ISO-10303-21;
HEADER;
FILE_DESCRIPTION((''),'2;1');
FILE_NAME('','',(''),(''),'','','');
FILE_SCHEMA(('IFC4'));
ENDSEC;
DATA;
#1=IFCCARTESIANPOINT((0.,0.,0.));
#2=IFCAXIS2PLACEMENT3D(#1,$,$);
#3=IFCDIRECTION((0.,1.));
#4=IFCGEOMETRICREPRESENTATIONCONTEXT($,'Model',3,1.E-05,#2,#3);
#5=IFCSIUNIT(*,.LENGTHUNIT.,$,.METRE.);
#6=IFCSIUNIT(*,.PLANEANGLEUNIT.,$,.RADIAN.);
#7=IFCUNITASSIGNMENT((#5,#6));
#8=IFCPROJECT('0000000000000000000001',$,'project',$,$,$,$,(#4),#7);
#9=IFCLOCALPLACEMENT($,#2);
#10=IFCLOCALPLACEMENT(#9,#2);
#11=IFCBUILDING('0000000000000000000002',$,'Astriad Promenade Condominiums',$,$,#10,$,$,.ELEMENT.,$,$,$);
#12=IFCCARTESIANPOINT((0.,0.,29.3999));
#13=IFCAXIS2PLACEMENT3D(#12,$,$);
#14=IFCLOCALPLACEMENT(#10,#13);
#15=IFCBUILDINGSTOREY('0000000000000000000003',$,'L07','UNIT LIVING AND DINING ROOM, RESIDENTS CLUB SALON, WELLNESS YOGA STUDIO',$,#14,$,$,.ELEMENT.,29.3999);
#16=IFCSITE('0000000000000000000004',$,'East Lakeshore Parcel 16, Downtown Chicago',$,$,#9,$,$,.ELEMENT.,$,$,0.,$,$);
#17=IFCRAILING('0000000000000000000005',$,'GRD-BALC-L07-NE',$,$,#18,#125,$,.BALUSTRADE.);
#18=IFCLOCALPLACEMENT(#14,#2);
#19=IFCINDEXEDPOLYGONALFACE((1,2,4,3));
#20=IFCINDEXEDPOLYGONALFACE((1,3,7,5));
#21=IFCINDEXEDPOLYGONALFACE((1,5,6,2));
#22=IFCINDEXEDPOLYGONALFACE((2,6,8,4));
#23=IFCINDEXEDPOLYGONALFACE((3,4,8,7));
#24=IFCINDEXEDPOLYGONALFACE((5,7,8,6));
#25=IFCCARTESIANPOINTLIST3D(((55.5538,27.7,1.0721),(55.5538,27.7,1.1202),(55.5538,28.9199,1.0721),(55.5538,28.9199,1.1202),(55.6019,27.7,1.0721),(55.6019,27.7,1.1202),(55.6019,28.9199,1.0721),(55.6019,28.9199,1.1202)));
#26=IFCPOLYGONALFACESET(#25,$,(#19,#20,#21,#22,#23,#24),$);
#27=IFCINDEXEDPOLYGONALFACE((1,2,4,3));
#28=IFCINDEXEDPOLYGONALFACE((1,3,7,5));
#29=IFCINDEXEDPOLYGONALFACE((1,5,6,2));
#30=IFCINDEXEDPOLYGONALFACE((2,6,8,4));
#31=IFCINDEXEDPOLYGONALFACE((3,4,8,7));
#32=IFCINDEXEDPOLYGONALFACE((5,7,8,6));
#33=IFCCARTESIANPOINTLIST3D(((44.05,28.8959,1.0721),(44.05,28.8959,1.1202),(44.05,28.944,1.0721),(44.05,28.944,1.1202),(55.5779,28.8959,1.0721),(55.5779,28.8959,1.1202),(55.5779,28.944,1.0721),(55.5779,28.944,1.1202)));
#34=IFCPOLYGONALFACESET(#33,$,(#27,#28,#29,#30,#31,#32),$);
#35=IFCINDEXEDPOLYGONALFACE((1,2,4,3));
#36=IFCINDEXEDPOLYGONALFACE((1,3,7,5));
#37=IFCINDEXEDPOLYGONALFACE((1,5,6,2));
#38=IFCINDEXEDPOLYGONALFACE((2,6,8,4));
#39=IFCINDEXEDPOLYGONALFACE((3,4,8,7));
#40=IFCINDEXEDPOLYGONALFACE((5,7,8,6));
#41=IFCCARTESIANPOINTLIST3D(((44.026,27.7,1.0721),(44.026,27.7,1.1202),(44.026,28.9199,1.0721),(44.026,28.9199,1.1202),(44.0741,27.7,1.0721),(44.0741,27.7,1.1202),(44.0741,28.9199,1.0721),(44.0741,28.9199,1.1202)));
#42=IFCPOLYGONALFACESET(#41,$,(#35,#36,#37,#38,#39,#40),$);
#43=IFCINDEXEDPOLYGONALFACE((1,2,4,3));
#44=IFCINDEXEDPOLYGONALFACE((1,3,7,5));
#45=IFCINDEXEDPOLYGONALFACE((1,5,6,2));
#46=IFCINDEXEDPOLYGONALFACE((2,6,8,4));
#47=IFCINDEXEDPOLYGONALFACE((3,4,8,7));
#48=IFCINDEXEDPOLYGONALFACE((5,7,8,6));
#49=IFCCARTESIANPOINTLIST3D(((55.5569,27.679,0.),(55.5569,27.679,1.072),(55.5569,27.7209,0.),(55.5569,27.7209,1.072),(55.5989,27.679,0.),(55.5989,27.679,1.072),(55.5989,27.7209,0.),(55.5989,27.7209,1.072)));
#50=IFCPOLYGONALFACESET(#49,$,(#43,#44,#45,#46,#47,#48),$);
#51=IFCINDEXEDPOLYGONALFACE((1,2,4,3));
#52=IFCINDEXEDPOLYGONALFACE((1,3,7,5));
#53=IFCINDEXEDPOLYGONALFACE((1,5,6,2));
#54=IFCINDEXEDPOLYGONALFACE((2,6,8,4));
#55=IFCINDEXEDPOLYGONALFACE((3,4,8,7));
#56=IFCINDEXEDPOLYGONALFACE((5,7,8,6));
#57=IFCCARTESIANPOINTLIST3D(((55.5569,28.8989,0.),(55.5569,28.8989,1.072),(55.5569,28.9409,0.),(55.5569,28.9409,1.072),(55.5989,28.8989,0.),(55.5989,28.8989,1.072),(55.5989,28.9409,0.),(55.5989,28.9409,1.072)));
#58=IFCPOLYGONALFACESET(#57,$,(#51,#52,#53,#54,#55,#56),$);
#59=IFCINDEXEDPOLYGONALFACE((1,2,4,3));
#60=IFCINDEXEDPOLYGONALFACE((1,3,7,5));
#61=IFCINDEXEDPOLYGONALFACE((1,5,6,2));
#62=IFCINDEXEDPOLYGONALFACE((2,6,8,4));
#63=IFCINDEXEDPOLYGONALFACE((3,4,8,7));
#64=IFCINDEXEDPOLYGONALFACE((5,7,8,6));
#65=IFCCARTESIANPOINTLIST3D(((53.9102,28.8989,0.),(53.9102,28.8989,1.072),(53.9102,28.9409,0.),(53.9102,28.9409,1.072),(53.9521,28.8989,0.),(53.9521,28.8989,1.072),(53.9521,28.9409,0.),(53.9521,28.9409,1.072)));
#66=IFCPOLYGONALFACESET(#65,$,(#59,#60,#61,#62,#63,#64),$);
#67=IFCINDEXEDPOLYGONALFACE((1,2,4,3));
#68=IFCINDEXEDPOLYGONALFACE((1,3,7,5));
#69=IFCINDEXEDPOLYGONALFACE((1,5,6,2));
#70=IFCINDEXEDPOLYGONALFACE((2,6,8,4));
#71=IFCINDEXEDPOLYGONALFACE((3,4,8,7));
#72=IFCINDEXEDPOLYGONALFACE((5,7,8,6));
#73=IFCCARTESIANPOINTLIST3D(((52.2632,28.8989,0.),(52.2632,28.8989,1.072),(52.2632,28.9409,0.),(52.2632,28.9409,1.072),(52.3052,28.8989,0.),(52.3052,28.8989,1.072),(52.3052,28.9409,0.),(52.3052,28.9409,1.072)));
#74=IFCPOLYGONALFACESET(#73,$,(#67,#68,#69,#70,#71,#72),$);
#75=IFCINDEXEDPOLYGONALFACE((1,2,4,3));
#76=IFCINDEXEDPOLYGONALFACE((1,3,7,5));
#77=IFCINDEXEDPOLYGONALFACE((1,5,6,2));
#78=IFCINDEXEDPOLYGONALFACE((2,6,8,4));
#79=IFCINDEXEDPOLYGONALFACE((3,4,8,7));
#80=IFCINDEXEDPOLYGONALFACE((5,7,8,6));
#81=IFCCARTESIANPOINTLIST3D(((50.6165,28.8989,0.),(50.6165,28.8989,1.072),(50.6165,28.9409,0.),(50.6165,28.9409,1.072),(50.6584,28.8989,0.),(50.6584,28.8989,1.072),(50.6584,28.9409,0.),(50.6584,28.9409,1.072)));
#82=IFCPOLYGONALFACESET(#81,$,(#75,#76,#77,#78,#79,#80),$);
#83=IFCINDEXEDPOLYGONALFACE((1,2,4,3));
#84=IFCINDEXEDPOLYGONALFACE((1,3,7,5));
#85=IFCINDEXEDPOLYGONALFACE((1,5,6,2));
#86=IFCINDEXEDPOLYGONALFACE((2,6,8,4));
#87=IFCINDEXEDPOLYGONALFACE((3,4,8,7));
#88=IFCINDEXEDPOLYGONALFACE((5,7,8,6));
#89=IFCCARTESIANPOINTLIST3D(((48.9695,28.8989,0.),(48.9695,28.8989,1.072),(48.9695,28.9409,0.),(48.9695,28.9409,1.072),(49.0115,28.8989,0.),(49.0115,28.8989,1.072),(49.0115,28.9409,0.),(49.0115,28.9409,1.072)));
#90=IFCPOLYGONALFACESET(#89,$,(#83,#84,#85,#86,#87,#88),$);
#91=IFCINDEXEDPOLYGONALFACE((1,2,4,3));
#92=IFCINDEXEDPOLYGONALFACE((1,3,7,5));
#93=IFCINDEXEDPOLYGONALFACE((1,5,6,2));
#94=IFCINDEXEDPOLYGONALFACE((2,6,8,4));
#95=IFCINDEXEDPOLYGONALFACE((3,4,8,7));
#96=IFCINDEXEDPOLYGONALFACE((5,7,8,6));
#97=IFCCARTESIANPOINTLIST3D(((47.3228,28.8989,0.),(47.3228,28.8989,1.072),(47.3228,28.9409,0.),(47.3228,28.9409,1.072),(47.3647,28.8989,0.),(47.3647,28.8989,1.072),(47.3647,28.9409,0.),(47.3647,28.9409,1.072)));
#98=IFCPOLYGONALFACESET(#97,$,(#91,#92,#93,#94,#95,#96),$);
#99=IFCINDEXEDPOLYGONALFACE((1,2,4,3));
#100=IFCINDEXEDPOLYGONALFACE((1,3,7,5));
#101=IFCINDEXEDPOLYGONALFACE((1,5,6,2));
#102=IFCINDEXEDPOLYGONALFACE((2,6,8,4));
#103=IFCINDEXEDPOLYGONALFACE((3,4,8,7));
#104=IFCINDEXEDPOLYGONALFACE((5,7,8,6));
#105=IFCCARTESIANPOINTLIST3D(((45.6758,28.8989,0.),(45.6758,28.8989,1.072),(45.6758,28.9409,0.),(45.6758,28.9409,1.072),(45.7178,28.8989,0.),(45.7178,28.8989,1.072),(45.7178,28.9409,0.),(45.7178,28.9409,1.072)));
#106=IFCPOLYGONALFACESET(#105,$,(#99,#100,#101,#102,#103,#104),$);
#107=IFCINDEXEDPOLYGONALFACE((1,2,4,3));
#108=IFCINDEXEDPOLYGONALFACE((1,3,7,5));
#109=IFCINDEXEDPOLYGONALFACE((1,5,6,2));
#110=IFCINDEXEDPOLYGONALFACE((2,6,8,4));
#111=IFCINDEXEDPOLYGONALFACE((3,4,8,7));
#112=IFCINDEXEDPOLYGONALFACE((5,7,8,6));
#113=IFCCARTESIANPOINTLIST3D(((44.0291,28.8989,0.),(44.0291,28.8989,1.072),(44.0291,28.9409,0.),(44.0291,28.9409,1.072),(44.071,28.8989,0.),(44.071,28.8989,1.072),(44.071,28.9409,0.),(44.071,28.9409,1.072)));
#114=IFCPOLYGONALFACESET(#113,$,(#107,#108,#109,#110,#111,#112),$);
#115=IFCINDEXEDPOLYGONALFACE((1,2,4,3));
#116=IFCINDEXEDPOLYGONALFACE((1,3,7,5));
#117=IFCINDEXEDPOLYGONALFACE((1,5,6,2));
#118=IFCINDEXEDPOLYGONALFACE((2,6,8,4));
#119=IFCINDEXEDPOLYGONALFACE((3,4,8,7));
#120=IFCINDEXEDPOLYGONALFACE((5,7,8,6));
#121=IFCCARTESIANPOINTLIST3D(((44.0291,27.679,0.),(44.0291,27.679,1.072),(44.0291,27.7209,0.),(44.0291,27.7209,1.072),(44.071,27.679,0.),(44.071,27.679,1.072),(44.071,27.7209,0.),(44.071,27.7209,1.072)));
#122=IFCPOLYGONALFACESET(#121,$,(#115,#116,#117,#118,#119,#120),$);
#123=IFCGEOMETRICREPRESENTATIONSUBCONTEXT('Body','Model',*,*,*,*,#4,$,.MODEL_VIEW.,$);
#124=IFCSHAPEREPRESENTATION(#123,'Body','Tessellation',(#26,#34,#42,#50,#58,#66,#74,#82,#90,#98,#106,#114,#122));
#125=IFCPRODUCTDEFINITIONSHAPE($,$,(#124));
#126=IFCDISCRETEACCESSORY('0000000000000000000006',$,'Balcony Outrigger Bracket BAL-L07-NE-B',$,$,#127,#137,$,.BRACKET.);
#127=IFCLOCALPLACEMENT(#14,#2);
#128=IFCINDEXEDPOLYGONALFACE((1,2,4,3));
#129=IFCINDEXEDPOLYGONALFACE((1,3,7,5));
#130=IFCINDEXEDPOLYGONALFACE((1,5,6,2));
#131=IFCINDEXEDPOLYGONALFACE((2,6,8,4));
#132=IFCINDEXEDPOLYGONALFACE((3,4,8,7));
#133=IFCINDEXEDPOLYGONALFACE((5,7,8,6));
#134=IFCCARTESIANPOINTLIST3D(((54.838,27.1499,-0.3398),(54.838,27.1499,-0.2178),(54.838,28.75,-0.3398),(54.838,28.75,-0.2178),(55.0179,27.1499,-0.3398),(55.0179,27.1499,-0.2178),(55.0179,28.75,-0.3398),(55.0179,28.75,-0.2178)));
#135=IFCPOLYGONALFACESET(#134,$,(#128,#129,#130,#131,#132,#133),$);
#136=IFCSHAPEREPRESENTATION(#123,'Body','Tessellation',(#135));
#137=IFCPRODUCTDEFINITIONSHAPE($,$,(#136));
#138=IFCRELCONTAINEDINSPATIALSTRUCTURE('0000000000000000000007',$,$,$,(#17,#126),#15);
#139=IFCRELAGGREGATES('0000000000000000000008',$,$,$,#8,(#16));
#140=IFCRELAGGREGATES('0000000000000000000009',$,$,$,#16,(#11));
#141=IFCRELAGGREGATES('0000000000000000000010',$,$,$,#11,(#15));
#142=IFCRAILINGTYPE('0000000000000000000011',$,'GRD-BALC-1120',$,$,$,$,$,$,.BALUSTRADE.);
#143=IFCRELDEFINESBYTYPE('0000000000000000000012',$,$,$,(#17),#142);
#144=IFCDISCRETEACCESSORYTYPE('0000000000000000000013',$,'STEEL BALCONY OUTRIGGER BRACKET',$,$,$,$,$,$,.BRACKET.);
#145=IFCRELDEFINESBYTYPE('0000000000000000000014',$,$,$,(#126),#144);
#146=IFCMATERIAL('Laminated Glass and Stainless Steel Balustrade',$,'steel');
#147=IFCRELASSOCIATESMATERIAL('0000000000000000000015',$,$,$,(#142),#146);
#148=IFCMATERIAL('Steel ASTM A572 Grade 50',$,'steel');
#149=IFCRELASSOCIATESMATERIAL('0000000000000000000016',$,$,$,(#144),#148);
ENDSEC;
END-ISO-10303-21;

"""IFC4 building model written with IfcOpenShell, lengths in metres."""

from ifc_helpers import new_model, si_unit, direction, frame, origin, origin_2d, place, context, subcontext, project, spatial, rectangle, extrude, source, transform, mapped, material, type_object, type_shapes, element, save


model = new_model("IFC4")

# Units and contexts
model_context = context("Model", 3, precision=1e-05, world=origin(), true_north=direction((0.0, 1.0)))
body_context = subcontext(model_context, "Body", "Model", "MODEL_VIEW")
ifc_project = project(units=[si_unit("LENGTHUNIT", "METRE"), si_unit("PLANEANGLEUNIT", "RADIAN")], contexts=[model_context])

# Site, building, storey
site_placement = place(None, origin())
site = spatial("IfcSite", under=ifc_project, at=site_placement, Name="East Lakeshore Parcel 16, Downtown Chicago", CompositionType="ELEMENT", RefElevation=0.0)
building_placement = place(site_placement, origin())
building = spatial("IfcBuilding", under=site, at=building_placement, Name="Astriad Promenade Condominiums", CompositionType="ELEMENT")
storey_placement = place(building_placement, frame((0.0, 0.0, 29.3999)))
storey = spatial("IfcBuildingStorey", under=building, at=storey_placement, Name="L07", Description="UNIT LIVING AND DINING ROOM, RESIDENTS CLUB SALON, WELLNESS YOGA STUDIO", CompositionType="ELEMENT", Elevation=29.3999)

# Railing
ifc_material_1 = material(Name="Laminated Glass and Stainless Steel Balustrade", Category="steel")
railing_type = type_object("IfcRailingType", Name="GRD-BALC-1120", PredefinedType="BALUSTRADE", material=ifc_material_1)
shared_shape_1 = source(origin(), body_context, "Body", "SweptSolid", [
    extrude(rectangle(XDim=0.0481, YDim=0.0481, at=origin_2d()), frame((0.0, 0.0, 1.0962), z_axis=(0.0, 1.0, 0.0), x_axis=(-1.0, 0.0, 0.0)), (0.0, 0.0, 1.0), 1.22),
    extrude(rectangle(XDim=0.0481, YDim=0.0481, at=origin_2d()), frame((0.0, 1.22, 1.0962), z_axis=(-1.0, 0.0, 0.0), x_axis=(0.0, -1.0, 0.0)), (0.0, 0.0, 1.0), 11.5278),
    extrude(rectangle(XDim=0.0481, YDim=0.0481, at=origin_2d()), frame((-11.5278, 1.22, 1.0962), z_axis=(0.0, -1.0, 0.0), x_axis=(1.0, 0.0, 0.0)), (0.0, 0.0, 1.0), 1.22),
    extrude(rectangle(XDim=0.042, YDim=0.042, at=origin_2d()), origin(), (0.0, 0.0, 1.0), 1.072),
    extrude(rectangle(XDim=0.042, YDim=0.042, at=origin_2d()), frame((0.0, 1.22, 0.0)), (0.0, 0.0, 1.0), 1.072),
    extrude(rectangle(XDim=0.042, YDim=0.042, at=origin_2d()), frame((-1.6467, 1.22, 0.0)), (0.0, 0.0, 1.0), 1.072),
    extrude(rectangle(XDim=0.042, YDim=0.042, at=origin_2d()), frame((-3.2937, 1.22, 0.0)), (0.0, 0.0, 1.0), 1.072),
    extrude(rectangle(XDim=0.042, YDim=0.042, at=origin_2d()), frame((-4.9404, 1.22, 0.0)), (0.0, 0.0, 1.0), 1.072),
    extrude(rectangle(XDim=0.042, YDim=0.042, at=origin_2d()), frame((-6.5874, 1.22, 0.0)), (0.0, 0.0, 1.0), 1.072),
    extrude(rectangle(XDim=0.042, YDim=0.042, at=origin_2d()), frame((-8.2341, 1.22, 0.0)), (0.0, 0.0, 1.0), 1.072),
    extrude(rectangle(XDim=0.042, YDim=0.042, at=origin_2d()), frame((-9.8811, 1.22, 0.0)), (0.0, 0.0, 1.0), 1.072),
    extrude(rectangle(XDim=0.042, YDim=0.042, at=origin_2d()), frame((-11.5278, 1.22, 0.0)), (0.0, 0.0, 1.0), 1.072),
    extrude(rectangle(XDim=0.042, YDim=0.042, at=origin_2d()), frame((-11.5278, 0.0, 0.0)), (0.0, 0.0, 1.0), 1.072),
])
type_shapes(railing_type, [shared_shape_1])
railing_placement = place(storey_placement, frame((55.5779, 27.7, 0.0)))
element("IfcRailing", 1, at=railing_placement, inside=storey, type_object=railing_type, Name="GRD-BALC-L07-NE", PredefinedType="BALUSTRADE", context=body_context, shape_type="MappedRepresentation", body=[
    mapped(shared_shape_1, transform((0.0, 0.0, 0.0), scale=1.0)),
])

# Discrete accessory
ifc_material_2 = material(Name="Steel ASTM A572 Grade 50", Category="steel")
discrete_accessory_type = type_object("IfcDiscreteAccessoryType", Name="STEEL BALCONY OUTRIGGER BRACKET", PredefinedType="BRACKET", material=ifc_material_2)
shared_shape_2 = source(origin(), body_context, "Body", "SweptSolid", [
    extrude(rectangle(XDim=1.6001, YDim=0.1799, at=origin_2d()), origin(), (0.0, 0.0, 1.0), 0.1221),
])
type_shapes(discrete_accessory_type, [shared_shape_2])
discrete_accessory_placement = place(storey_placement, frame((54.928, 27.95, -0.3398), z_axis=(0.0, 0.0, 1.0), x_axis=(0.0, 1.0, 0.0)))
element("IfcDiscreteAccessory", 2, at=discrete_accessory_placement, inside=storey, type_object=discrete_accessory_type, Name="Balcony Outrigger Bracket BAL-L07-NE-B", PredefinedType="BRACKET", context=body_context, shape_type="MappedRepresentation", body=[
    mapped(shared_shape_2, transform((0.0, 0.0, 0.0), scale=1.0)),
])

save(model, "model.ifc")
